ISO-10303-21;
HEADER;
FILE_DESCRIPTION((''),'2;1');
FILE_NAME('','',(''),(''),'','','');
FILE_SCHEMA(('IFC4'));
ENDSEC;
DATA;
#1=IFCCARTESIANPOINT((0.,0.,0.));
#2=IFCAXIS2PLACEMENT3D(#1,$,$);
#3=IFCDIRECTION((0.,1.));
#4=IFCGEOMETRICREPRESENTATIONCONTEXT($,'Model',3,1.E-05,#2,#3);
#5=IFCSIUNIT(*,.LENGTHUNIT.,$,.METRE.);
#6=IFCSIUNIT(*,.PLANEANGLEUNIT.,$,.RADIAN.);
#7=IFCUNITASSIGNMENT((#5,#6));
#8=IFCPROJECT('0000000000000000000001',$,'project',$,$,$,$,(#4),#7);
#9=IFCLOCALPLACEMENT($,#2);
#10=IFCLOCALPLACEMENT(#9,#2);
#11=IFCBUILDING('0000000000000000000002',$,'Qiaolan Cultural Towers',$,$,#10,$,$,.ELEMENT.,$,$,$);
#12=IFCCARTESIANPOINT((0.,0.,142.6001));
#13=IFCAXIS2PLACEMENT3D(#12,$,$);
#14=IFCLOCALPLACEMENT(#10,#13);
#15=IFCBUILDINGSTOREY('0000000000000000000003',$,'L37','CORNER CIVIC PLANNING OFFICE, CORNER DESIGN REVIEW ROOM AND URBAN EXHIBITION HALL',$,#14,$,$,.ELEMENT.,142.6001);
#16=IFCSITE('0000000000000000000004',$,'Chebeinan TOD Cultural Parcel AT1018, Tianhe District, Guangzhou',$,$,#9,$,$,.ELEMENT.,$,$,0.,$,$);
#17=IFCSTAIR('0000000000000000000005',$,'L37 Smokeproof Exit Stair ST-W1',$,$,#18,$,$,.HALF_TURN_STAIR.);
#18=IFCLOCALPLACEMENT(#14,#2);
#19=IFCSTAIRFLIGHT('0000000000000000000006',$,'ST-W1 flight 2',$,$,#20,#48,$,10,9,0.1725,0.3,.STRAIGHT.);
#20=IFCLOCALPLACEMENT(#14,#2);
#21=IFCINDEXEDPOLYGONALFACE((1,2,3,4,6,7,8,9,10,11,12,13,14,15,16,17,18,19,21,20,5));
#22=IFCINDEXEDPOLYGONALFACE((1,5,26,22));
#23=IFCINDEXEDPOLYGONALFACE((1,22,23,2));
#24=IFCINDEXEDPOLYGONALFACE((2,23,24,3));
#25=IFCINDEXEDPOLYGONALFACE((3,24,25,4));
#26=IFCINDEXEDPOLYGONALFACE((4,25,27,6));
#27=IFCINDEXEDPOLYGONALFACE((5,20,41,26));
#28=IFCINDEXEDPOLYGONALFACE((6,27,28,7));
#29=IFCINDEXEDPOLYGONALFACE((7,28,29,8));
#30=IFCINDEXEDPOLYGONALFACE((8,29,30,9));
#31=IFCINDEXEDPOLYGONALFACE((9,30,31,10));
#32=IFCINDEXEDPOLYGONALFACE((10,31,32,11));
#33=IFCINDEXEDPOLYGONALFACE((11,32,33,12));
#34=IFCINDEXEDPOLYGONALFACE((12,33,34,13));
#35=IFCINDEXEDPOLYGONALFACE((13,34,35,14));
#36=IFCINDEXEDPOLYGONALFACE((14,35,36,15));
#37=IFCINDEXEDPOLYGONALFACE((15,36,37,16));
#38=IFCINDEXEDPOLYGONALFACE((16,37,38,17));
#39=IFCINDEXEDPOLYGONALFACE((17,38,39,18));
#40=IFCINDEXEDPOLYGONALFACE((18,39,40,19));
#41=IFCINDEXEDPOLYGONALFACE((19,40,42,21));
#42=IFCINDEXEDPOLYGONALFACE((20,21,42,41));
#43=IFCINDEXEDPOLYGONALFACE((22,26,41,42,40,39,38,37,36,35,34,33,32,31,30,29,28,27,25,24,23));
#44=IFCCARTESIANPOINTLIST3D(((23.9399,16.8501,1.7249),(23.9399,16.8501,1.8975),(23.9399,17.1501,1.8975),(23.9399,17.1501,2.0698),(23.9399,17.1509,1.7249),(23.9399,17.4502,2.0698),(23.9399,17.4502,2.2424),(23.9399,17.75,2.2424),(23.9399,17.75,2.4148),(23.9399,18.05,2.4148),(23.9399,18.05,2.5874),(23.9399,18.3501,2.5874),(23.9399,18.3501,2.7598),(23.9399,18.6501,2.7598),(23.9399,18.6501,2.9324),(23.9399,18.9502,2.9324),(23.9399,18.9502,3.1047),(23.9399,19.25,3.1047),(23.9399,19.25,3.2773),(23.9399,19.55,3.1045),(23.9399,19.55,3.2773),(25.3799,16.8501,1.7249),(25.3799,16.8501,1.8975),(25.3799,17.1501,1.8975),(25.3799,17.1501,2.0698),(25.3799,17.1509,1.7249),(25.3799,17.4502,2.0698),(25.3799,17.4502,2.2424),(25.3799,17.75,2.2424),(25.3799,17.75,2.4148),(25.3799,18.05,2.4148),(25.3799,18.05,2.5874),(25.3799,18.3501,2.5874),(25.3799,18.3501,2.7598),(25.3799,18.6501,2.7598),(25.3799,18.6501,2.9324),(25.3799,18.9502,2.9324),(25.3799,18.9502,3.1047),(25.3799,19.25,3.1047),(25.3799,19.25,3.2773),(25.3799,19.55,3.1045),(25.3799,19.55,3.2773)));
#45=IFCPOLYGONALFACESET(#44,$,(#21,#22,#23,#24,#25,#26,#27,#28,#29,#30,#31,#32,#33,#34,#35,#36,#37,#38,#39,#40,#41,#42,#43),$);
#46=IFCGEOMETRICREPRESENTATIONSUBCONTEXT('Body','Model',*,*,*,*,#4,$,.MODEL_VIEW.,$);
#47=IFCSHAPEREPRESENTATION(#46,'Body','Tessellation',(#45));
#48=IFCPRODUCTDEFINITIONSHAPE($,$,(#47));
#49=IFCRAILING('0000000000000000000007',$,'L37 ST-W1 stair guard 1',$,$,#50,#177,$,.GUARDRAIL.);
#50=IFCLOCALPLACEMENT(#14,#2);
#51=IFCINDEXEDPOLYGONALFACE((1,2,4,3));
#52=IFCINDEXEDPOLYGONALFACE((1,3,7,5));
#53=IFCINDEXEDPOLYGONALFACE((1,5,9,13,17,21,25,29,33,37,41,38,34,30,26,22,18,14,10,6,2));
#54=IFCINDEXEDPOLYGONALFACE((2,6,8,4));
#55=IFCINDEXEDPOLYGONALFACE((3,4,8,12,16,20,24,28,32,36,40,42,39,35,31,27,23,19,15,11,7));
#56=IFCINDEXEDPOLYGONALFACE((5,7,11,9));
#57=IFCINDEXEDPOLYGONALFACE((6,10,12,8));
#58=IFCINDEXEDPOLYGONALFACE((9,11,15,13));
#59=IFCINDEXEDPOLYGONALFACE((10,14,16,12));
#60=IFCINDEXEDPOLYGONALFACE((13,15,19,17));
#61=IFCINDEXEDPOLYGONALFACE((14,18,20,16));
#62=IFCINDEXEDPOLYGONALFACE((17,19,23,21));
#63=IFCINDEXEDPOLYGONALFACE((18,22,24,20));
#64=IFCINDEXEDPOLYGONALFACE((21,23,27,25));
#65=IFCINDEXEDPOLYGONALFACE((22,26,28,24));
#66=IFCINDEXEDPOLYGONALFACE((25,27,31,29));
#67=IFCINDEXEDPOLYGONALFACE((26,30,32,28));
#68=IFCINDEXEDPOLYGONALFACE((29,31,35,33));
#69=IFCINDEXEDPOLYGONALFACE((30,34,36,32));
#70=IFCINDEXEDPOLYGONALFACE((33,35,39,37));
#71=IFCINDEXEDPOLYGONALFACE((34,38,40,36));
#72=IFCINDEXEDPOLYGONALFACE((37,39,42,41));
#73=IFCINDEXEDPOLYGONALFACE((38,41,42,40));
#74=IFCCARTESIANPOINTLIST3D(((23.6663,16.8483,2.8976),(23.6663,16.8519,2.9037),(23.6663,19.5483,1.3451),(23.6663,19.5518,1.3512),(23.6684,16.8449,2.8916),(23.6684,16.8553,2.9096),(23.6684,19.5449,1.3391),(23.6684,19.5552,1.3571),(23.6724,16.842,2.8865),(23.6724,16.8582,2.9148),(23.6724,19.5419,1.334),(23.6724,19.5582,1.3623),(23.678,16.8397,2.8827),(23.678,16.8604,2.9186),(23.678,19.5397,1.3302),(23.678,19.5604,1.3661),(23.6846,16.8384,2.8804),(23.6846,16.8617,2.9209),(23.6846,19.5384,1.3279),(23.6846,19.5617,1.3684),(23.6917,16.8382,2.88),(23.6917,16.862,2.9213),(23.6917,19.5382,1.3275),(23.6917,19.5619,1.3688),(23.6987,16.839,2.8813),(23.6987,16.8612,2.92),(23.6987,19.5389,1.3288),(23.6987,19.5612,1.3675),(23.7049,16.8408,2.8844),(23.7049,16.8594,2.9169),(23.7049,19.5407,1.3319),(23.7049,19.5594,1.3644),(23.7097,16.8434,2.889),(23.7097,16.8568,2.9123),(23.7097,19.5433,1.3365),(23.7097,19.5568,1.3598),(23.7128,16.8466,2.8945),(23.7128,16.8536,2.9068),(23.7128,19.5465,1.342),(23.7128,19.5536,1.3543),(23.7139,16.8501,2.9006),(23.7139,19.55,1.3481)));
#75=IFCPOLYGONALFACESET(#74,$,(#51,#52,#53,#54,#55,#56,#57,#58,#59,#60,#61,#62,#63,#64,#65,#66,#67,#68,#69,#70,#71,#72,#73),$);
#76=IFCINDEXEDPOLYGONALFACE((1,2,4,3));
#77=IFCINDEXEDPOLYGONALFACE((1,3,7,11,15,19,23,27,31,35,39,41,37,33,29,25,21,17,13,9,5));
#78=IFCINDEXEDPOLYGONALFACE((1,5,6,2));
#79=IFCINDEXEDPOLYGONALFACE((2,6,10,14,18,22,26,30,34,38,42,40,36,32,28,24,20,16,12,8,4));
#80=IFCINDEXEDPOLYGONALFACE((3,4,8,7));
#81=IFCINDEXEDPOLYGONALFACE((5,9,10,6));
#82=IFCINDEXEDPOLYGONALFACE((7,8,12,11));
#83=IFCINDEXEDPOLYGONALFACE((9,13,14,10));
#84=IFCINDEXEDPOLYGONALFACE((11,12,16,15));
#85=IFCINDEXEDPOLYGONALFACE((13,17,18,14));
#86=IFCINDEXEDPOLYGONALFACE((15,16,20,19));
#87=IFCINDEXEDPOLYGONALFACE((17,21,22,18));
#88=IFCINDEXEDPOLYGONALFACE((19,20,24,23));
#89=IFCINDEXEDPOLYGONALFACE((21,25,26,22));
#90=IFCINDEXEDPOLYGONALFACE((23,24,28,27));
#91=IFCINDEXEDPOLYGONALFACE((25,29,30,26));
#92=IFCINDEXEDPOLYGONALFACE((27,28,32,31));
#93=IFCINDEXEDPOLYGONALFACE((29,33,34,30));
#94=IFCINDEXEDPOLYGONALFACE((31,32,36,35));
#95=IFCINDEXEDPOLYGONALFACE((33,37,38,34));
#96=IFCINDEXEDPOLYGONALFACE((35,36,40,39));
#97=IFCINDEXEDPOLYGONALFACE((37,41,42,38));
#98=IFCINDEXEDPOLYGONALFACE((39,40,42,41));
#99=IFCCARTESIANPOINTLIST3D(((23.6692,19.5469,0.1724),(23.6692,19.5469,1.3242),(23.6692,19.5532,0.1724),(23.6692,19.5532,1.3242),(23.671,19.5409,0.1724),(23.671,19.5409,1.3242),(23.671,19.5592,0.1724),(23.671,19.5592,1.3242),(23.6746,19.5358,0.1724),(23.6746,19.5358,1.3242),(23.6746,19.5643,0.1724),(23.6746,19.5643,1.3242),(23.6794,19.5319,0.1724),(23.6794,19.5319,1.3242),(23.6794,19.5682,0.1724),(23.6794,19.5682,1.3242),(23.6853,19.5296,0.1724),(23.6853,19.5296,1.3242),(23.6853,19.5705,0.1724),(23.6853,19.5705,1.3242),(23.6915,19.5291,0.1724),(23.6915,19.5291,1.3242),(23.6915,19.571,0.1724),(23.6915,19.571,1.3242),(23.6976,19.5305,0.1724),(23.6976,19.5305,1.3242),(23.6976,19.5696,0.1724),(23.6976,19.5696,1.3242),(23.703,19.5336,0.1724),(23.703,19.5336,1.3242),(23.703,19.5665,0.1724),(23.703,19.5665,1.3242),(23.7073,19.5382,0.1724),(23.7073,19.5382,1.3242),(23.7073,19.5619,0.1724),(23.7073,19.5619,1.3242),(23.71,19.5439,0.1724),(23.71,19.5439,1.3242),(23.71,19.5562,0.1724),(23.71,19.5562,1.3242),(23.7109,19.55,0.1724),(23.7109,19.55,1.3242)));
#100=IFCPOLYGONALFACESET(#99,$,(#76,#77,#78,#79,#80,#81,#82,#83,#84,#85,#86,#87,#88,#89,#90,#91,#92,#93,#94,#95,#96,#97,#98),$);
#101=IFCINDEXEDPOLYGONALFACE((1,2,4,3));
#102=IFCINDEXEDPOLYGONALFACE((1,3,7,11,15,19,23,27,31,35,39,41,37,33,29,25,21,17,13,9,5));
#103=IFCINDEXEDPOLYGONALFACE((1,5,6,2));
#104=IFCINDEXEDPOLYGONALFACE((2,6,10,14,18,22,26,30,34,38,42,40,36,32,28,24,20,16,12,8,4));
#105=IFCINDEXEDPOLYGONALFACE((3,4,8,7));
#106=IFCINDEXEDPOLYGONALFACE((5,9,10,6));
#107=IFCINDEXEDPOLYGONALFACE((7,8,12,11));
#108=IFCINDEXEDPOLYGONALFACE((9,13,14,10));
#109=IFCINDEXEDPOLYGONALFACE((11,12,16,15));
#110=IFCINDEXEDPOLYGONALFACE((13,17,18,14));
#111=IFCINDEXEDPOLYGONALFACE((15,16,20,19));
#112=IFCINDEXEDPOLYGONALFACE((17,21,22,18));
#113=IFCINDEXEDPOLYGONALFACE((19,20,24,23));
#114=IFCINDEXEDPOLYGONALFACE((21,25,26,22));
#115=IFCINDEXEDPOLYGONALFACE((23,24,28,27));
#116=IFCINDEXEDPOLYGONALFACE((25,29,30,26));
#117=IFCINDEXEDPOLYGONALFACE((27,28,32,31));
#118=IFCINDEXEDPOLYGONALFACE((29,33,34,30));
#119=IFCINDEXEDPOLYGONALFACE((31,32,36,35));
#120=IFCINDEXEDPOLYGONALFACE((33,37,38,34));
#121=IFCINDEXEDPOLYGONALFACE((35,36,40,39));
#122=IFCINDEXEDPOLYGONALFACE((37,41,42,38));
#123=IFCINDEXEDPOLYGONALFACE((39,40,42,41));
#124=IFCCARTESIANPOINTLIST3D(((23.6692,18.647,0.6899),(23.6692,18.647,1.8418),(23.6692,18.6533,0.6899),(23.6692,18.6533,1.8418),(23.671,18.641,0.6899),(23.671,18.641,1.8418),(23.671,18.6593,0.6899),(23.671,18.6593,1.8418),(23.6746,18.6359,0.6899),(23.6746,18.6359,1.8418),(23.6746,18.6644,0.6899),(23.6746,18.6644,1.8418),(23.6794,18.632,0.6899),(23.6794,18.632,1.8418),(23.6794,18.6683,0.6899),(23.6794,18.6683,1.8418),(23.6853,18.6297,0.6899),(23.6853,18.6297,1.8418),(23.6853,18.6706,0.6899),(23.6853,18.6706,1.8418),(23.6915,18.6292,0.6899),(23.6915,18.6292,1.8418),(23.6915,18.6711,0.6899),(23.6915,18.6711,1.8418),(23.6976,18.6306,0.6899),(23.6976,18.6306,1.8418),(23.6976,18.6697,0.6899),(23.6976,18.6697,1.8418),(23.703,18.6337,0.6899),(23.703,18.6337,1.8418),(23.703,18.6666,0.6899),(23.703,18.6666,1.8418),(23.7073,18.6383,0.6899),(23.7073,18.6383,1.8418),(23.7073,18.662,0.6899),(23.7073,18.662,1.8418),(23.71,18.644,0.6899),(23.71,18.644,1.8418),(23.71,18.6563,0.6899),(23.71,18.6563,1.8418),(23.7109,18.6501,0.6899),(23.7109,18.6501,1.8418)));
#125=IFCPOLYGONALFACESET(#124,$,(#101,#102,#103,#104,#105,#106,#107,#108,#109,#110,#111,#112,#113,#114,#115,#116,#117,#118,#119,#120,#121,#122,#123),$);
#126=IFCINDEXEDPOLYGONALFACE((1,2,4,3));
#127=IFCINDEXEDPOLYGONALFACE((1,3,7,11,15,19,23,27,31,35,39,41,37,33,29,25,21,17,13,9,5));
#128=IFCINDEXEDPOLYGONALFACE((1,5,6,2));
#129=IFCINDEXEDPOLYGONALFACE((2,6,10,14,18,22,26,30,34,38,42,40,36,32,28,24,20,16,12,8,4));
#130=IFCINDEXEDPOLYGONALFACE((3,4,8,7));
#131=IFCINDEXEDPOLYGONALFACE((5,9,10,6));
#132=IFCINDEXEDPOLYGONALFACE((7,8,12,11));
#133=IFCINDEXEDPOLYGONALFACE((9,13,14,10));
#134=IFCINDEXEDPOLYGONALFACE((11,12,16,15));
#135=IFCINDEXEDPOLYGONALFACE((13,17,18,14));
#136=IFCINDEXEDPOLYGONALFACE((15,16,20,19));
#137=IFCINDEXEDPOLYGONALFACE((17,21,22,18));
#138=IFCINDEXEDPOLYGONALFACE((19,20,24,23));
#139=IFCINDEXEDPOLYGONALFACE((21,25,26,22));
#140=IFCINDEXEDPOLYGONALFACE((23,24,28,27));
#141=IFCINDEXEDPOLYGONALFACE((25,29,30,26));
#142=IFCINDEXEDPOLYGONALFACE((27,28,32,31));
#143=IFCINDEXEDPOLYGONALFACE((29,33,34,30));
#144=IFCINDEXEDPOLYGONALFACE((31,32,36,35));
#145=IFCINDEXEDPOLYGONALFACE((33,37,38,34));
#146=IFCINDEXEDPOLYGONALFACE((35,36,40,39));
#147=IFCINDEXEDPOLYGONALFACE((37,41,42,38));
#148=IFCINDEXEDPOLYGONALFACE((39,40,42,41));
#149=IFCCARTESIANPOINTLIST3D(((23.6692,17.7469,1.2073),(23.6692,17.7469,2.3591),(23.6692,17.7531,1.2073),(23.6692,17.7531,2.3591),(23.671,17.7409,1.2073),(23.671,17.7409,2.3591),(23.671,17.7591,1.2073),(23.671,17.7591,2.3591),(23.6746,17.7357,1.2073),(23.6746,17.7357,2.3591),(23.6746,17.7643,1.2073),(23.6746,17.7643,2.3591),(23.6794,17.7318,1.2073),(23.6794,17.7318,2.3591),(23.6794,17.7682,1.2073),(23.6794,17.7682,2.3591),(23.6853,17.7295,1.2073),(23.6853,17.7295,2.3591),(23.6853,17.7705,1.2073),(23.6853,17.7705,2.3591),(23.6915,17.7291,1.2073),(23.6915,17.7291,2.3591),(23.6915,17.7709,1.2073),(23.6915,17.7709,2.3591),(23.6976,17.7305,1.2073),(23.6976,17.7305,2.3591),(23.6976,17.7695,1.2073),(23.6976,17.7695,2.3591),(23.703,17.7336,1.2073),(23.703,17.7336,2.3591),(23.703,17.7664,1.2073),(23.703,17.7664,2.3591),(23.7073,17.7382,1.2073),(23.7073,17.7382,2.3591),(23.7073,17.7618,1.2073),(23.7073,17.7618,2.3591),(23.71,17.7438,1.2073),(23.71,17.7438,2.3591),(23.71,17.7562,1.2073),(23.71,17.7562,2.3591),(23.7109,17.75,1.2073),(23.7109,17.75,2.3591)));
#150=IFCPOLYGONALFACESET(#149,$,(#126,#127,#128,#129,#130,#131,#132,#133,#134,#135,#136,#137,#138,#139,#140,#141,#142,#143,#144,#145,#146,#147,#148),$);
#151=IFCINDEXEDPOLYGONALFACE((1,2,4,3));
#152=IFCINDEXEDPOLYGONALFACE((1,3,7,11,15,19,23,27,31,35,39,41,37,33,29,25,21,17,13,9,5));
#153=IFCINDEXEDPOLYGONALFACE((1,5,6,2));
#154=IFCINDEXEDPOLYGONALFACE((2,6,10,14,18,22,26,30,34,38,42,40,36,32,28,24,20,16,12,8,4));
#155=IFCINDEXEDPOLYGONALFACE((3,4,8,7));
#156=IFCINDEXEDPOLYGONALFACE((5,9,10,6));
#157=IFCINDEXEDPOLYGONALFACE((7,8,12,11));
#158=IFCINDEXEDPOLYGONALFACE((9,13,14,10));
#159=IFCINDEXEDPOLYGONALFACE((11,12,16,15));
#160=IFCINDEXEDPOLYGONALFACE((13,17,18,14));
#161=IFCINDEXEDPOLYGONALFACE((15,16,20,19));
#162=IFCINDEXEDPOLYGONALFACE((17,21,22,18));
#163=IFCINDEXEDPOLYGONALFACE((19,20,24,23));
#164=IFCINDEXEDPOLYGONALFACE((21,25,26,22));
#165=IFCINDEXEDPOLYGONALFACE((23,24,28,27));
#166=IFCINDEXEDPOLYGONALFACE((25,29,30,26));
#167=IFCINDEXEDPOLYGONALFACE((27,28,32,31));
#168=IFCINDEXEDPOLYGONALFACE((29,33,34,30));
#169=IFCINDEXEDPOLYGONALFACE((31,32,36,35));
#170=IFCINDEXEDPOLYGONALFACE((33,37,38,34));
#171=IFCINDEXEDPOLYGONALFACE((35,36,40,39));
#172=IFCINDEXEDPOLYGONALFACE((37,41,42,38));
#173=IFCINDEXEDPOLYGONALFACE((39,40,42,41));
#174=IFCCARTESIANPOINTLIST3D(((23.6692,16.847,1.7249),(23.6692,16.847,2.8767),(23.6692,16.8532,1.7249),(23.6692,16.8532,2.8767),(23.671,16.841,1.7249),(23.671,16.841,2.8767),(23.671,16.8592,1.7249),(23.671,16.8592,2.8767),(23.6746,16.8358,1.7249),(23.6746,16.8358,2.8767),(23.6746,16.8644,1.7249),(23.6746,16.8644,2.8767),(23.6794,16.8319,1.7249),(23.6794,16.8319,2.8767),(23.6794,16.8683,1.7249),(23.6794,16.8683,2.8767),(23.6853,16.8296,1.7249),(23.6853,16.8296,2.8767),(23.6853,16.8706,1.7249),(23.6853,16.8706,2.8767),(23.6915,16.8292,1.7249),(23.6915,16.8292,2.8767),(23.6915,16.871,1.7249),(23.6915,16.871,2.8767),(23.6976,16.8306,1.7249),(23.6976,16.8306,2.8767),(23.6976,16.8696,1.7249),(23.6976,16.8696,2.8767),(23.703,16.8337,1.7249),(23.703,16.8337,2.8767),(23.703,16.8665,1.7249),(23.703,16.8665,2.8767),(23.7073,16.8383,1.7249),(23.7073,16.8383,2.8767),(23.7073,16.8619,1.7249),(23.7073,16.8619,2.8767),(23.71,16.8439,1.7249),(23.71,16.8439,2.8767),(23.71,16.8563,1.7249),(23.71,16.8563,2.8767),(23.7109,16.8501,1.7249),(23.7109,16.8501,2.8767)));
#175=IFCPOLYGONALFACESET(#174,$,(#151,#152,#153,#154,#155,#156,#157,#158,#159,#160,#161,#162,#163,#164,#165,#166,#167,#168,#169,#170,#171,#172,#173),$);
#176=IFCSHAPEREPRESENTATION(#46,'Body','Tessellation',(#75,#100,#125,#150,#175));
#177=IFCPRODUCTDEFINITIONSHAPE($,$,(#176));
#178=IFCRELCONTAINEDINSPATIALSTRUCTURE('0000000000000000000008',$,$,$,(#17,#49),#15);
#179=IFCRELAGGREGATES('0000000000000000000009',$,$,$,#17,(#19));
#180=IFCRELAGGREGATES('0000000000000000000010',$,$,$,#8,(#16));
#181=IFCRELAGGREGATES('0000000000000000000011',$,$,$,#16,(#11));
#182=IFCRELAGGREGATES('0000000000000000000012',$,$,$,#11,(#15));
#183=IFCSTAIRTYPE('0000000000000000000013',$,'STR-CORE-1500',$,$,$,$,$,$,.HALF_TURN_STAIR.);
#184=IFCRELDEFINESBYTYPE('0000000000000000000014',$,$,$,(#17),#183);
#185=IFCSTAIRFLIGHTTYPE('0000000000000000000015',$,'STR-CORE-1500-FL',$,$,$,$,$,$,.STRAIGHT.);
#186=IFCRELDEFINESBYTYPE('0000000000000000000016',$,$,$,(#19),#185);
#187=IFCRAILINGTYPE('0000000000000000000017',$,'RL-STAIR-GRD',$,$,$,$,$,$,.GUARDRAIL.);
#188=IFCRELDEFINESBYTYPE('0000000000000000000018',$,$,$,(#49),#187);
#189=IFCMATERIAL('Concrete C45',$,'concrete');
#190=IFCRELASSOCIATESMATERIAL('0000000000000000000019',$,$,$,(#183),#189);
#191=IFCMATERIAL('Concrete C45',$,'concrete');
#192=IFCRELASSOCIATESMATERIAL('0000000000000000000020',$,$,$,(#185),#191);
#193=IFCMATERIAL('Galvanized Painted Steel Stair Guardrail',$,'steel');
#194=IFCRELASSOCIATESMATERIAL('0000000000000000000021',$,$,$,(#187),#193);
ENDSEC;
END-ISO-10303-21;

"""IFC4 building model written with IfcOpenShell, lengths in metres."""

from ifc_helpers import new_model, si_unit, direction, frame, origin, origin_2d, place, context, subcontext, project, spatial, polyline, circle, outline, extrude, material, type_object, element, aggregate, save


model = new_model("IFC4")

# Units and contexts
model_context = context("Model", 3, precision=1e-05, world=origin(), true_north=direction((0.0, 1.0)))
body_context = subcontext(model_context, "Body", "Model", "MODEL_VIEW")
ifc_project = project(units=[si_unit("LENGTHUNIT", "METRE"), si_unit("PLANEANGLEUNIT", "RADIAN")], contexts=[model_context])

# Site, building, storey
site_placement = place(None, origin())
site = spatial("IfcSite", under=ifc_project, at=site_placement, Name="Chebeinan TOD Cultural Parcel AT1018, Tianhe District, Guangzhou", CompositionType="ELEMENT", RefElevation=0.0)
building_placement = place(site_placement, origin())
building = spatial("IfcBuilding", under=site, at=building_placement, Name="Qiaolan Cultural Towers", CompositionType="ELEMENT")
storey_placement = place(building_placement, frame((0.0, 0.0, 142.6001)))
storey = spatial("IfcBuildingStorey", under=building, at=storey_placement, Name="L37", Description="CORNER CIVIC PLANNING OFFICE, CORNER DESIGN REVIEW ROOM AND URBAN EXHIBITION HALL", CompositionType="ELEMENT", Elevation=142.6001)

# Stair, stair flight
ifc_material_1 = material(Name="Concrete C45", Category="concrete")
stair_type = type_object("IfcStairType", Name="STR-CORE-1500", PredefinedType="HALF_TURN_STAIR", material=ifc_material_1)
stair_placement = place(storey_placement, origin())
stair = element("IfcStair", 1, at=stair_placement, inside=storey, type_object=stair_type, Name="L37 Smokeproof Exit Stair ST-W1", PredefinedType="HALF_TURN_STAIR")
ifc_material_2 = material(Name="Concrete C45", Category="concrete")
stair_flight_type = type_object("IfcStairFlightType", Name="STR-CORE-1500-FL", PredefinedType="STRAIGHT", material=ifc_material_2)
stair_flight_placement = place(storey_placement, frame((24.6599, 16.8501, 1.7249), z_axis=(0.0, 0.0, 1.0), x_axis=(0.0, 1.0, 0.0)))
stair_flight = element("IfcStairFlight", 2, at=stair_flight_placement, type_object=stair_flight_type, Name="ST-W1 flight 2", NumberOfRisers=10, NumberOfTreads=9, PredefinedType="STRAIGHT", RiserHeight=0.1725, TreadLength=0.3, context=body_context, shape_type="SweptSolid", body=[
    extrude(outline(polyline([(0.0, 0.0), (0.0, 0.1726), (0.3, 0.1726), (0.3, 0.345), (0.6001, 0.345), (0.6001, 0.5176), (0.8999, 0.5176), (0.8999, 0.6899), (1.2, 0.6899), (1.2, 0.8625), (1.5, 0.8625), (1.5, 1.0349), (1.8, 1.0349), (1.8, 1.2075), (2.1001, 1.2075), (2.1001, 1.3799), (2.3999, 1.3799), (2.3999, 1.5525), (2.7, 1.5525), (2.7, 1.7251), (2.7, 1.3796), (0.3008, 0.0), (0.0, 0.0)])), frame((0.0, 0.72, 0.0), z_axis=(0.0, -1.0, 0.0), x_axis=(1.0, 0.0, 0.0)), (0.0, 0.0, 1.0), 1.4399),
])
aggregate(stair, [stair_flight])

# Railing
ifc_material_3 = material(Name="Galvanized Painted Steel Stair Guardrail", Category="steel")
railing_type_1 = type_object("IfcRailingType", Name="RL-STAIR-GRD", PredefinedType="GUARDRAIL", material=ifc_material_3)
railing_1_placement = place(storey_placement, frame((23.6899, 19.55, 0.1724)))
element("IfcRailing", 3, at=railing_1_placement, inside=storey, type_object=railing_type_1, Name="L37 ST-W1 stair guard 1", PredefinedType="GUARDRAIL", context=body_context, shape_type="SweptSolid", body=[
    extrude(circle(Radius=0.0239, at=origin_2d()), frame((0.0, 0.0, 1.1758), z_axis=(0.0, -0.866904, 0.498476), x_axis=(1.0, 0.0, 0.0)), (0.0, 0.0, 1.0), 3.1145),
    extrude(circle(Radius=0.021, at=origin_2d()), origin(), (0.0, 0.0, 1.0), 1.1519),
    extrude(circle(Radius=0.021, at=origin_2d()), frame((0.0, -0.8999, 0.5176)), (0.0, 0.0, 1.0), 1.1519),
    extrude(circle(Radius=0.021, at=origin_2d()), frame((0.0, -1.8, 1.0349)), (0.0, 0.0, 1.0), 1.1519),
    extrude(circle(Radius=0.021, at=origin_2d()), frame((0.0, -2.7, 1.5525)), (0.0, 0.0, 1.0), 1.1519),
])

save(model, "model.ifc")
